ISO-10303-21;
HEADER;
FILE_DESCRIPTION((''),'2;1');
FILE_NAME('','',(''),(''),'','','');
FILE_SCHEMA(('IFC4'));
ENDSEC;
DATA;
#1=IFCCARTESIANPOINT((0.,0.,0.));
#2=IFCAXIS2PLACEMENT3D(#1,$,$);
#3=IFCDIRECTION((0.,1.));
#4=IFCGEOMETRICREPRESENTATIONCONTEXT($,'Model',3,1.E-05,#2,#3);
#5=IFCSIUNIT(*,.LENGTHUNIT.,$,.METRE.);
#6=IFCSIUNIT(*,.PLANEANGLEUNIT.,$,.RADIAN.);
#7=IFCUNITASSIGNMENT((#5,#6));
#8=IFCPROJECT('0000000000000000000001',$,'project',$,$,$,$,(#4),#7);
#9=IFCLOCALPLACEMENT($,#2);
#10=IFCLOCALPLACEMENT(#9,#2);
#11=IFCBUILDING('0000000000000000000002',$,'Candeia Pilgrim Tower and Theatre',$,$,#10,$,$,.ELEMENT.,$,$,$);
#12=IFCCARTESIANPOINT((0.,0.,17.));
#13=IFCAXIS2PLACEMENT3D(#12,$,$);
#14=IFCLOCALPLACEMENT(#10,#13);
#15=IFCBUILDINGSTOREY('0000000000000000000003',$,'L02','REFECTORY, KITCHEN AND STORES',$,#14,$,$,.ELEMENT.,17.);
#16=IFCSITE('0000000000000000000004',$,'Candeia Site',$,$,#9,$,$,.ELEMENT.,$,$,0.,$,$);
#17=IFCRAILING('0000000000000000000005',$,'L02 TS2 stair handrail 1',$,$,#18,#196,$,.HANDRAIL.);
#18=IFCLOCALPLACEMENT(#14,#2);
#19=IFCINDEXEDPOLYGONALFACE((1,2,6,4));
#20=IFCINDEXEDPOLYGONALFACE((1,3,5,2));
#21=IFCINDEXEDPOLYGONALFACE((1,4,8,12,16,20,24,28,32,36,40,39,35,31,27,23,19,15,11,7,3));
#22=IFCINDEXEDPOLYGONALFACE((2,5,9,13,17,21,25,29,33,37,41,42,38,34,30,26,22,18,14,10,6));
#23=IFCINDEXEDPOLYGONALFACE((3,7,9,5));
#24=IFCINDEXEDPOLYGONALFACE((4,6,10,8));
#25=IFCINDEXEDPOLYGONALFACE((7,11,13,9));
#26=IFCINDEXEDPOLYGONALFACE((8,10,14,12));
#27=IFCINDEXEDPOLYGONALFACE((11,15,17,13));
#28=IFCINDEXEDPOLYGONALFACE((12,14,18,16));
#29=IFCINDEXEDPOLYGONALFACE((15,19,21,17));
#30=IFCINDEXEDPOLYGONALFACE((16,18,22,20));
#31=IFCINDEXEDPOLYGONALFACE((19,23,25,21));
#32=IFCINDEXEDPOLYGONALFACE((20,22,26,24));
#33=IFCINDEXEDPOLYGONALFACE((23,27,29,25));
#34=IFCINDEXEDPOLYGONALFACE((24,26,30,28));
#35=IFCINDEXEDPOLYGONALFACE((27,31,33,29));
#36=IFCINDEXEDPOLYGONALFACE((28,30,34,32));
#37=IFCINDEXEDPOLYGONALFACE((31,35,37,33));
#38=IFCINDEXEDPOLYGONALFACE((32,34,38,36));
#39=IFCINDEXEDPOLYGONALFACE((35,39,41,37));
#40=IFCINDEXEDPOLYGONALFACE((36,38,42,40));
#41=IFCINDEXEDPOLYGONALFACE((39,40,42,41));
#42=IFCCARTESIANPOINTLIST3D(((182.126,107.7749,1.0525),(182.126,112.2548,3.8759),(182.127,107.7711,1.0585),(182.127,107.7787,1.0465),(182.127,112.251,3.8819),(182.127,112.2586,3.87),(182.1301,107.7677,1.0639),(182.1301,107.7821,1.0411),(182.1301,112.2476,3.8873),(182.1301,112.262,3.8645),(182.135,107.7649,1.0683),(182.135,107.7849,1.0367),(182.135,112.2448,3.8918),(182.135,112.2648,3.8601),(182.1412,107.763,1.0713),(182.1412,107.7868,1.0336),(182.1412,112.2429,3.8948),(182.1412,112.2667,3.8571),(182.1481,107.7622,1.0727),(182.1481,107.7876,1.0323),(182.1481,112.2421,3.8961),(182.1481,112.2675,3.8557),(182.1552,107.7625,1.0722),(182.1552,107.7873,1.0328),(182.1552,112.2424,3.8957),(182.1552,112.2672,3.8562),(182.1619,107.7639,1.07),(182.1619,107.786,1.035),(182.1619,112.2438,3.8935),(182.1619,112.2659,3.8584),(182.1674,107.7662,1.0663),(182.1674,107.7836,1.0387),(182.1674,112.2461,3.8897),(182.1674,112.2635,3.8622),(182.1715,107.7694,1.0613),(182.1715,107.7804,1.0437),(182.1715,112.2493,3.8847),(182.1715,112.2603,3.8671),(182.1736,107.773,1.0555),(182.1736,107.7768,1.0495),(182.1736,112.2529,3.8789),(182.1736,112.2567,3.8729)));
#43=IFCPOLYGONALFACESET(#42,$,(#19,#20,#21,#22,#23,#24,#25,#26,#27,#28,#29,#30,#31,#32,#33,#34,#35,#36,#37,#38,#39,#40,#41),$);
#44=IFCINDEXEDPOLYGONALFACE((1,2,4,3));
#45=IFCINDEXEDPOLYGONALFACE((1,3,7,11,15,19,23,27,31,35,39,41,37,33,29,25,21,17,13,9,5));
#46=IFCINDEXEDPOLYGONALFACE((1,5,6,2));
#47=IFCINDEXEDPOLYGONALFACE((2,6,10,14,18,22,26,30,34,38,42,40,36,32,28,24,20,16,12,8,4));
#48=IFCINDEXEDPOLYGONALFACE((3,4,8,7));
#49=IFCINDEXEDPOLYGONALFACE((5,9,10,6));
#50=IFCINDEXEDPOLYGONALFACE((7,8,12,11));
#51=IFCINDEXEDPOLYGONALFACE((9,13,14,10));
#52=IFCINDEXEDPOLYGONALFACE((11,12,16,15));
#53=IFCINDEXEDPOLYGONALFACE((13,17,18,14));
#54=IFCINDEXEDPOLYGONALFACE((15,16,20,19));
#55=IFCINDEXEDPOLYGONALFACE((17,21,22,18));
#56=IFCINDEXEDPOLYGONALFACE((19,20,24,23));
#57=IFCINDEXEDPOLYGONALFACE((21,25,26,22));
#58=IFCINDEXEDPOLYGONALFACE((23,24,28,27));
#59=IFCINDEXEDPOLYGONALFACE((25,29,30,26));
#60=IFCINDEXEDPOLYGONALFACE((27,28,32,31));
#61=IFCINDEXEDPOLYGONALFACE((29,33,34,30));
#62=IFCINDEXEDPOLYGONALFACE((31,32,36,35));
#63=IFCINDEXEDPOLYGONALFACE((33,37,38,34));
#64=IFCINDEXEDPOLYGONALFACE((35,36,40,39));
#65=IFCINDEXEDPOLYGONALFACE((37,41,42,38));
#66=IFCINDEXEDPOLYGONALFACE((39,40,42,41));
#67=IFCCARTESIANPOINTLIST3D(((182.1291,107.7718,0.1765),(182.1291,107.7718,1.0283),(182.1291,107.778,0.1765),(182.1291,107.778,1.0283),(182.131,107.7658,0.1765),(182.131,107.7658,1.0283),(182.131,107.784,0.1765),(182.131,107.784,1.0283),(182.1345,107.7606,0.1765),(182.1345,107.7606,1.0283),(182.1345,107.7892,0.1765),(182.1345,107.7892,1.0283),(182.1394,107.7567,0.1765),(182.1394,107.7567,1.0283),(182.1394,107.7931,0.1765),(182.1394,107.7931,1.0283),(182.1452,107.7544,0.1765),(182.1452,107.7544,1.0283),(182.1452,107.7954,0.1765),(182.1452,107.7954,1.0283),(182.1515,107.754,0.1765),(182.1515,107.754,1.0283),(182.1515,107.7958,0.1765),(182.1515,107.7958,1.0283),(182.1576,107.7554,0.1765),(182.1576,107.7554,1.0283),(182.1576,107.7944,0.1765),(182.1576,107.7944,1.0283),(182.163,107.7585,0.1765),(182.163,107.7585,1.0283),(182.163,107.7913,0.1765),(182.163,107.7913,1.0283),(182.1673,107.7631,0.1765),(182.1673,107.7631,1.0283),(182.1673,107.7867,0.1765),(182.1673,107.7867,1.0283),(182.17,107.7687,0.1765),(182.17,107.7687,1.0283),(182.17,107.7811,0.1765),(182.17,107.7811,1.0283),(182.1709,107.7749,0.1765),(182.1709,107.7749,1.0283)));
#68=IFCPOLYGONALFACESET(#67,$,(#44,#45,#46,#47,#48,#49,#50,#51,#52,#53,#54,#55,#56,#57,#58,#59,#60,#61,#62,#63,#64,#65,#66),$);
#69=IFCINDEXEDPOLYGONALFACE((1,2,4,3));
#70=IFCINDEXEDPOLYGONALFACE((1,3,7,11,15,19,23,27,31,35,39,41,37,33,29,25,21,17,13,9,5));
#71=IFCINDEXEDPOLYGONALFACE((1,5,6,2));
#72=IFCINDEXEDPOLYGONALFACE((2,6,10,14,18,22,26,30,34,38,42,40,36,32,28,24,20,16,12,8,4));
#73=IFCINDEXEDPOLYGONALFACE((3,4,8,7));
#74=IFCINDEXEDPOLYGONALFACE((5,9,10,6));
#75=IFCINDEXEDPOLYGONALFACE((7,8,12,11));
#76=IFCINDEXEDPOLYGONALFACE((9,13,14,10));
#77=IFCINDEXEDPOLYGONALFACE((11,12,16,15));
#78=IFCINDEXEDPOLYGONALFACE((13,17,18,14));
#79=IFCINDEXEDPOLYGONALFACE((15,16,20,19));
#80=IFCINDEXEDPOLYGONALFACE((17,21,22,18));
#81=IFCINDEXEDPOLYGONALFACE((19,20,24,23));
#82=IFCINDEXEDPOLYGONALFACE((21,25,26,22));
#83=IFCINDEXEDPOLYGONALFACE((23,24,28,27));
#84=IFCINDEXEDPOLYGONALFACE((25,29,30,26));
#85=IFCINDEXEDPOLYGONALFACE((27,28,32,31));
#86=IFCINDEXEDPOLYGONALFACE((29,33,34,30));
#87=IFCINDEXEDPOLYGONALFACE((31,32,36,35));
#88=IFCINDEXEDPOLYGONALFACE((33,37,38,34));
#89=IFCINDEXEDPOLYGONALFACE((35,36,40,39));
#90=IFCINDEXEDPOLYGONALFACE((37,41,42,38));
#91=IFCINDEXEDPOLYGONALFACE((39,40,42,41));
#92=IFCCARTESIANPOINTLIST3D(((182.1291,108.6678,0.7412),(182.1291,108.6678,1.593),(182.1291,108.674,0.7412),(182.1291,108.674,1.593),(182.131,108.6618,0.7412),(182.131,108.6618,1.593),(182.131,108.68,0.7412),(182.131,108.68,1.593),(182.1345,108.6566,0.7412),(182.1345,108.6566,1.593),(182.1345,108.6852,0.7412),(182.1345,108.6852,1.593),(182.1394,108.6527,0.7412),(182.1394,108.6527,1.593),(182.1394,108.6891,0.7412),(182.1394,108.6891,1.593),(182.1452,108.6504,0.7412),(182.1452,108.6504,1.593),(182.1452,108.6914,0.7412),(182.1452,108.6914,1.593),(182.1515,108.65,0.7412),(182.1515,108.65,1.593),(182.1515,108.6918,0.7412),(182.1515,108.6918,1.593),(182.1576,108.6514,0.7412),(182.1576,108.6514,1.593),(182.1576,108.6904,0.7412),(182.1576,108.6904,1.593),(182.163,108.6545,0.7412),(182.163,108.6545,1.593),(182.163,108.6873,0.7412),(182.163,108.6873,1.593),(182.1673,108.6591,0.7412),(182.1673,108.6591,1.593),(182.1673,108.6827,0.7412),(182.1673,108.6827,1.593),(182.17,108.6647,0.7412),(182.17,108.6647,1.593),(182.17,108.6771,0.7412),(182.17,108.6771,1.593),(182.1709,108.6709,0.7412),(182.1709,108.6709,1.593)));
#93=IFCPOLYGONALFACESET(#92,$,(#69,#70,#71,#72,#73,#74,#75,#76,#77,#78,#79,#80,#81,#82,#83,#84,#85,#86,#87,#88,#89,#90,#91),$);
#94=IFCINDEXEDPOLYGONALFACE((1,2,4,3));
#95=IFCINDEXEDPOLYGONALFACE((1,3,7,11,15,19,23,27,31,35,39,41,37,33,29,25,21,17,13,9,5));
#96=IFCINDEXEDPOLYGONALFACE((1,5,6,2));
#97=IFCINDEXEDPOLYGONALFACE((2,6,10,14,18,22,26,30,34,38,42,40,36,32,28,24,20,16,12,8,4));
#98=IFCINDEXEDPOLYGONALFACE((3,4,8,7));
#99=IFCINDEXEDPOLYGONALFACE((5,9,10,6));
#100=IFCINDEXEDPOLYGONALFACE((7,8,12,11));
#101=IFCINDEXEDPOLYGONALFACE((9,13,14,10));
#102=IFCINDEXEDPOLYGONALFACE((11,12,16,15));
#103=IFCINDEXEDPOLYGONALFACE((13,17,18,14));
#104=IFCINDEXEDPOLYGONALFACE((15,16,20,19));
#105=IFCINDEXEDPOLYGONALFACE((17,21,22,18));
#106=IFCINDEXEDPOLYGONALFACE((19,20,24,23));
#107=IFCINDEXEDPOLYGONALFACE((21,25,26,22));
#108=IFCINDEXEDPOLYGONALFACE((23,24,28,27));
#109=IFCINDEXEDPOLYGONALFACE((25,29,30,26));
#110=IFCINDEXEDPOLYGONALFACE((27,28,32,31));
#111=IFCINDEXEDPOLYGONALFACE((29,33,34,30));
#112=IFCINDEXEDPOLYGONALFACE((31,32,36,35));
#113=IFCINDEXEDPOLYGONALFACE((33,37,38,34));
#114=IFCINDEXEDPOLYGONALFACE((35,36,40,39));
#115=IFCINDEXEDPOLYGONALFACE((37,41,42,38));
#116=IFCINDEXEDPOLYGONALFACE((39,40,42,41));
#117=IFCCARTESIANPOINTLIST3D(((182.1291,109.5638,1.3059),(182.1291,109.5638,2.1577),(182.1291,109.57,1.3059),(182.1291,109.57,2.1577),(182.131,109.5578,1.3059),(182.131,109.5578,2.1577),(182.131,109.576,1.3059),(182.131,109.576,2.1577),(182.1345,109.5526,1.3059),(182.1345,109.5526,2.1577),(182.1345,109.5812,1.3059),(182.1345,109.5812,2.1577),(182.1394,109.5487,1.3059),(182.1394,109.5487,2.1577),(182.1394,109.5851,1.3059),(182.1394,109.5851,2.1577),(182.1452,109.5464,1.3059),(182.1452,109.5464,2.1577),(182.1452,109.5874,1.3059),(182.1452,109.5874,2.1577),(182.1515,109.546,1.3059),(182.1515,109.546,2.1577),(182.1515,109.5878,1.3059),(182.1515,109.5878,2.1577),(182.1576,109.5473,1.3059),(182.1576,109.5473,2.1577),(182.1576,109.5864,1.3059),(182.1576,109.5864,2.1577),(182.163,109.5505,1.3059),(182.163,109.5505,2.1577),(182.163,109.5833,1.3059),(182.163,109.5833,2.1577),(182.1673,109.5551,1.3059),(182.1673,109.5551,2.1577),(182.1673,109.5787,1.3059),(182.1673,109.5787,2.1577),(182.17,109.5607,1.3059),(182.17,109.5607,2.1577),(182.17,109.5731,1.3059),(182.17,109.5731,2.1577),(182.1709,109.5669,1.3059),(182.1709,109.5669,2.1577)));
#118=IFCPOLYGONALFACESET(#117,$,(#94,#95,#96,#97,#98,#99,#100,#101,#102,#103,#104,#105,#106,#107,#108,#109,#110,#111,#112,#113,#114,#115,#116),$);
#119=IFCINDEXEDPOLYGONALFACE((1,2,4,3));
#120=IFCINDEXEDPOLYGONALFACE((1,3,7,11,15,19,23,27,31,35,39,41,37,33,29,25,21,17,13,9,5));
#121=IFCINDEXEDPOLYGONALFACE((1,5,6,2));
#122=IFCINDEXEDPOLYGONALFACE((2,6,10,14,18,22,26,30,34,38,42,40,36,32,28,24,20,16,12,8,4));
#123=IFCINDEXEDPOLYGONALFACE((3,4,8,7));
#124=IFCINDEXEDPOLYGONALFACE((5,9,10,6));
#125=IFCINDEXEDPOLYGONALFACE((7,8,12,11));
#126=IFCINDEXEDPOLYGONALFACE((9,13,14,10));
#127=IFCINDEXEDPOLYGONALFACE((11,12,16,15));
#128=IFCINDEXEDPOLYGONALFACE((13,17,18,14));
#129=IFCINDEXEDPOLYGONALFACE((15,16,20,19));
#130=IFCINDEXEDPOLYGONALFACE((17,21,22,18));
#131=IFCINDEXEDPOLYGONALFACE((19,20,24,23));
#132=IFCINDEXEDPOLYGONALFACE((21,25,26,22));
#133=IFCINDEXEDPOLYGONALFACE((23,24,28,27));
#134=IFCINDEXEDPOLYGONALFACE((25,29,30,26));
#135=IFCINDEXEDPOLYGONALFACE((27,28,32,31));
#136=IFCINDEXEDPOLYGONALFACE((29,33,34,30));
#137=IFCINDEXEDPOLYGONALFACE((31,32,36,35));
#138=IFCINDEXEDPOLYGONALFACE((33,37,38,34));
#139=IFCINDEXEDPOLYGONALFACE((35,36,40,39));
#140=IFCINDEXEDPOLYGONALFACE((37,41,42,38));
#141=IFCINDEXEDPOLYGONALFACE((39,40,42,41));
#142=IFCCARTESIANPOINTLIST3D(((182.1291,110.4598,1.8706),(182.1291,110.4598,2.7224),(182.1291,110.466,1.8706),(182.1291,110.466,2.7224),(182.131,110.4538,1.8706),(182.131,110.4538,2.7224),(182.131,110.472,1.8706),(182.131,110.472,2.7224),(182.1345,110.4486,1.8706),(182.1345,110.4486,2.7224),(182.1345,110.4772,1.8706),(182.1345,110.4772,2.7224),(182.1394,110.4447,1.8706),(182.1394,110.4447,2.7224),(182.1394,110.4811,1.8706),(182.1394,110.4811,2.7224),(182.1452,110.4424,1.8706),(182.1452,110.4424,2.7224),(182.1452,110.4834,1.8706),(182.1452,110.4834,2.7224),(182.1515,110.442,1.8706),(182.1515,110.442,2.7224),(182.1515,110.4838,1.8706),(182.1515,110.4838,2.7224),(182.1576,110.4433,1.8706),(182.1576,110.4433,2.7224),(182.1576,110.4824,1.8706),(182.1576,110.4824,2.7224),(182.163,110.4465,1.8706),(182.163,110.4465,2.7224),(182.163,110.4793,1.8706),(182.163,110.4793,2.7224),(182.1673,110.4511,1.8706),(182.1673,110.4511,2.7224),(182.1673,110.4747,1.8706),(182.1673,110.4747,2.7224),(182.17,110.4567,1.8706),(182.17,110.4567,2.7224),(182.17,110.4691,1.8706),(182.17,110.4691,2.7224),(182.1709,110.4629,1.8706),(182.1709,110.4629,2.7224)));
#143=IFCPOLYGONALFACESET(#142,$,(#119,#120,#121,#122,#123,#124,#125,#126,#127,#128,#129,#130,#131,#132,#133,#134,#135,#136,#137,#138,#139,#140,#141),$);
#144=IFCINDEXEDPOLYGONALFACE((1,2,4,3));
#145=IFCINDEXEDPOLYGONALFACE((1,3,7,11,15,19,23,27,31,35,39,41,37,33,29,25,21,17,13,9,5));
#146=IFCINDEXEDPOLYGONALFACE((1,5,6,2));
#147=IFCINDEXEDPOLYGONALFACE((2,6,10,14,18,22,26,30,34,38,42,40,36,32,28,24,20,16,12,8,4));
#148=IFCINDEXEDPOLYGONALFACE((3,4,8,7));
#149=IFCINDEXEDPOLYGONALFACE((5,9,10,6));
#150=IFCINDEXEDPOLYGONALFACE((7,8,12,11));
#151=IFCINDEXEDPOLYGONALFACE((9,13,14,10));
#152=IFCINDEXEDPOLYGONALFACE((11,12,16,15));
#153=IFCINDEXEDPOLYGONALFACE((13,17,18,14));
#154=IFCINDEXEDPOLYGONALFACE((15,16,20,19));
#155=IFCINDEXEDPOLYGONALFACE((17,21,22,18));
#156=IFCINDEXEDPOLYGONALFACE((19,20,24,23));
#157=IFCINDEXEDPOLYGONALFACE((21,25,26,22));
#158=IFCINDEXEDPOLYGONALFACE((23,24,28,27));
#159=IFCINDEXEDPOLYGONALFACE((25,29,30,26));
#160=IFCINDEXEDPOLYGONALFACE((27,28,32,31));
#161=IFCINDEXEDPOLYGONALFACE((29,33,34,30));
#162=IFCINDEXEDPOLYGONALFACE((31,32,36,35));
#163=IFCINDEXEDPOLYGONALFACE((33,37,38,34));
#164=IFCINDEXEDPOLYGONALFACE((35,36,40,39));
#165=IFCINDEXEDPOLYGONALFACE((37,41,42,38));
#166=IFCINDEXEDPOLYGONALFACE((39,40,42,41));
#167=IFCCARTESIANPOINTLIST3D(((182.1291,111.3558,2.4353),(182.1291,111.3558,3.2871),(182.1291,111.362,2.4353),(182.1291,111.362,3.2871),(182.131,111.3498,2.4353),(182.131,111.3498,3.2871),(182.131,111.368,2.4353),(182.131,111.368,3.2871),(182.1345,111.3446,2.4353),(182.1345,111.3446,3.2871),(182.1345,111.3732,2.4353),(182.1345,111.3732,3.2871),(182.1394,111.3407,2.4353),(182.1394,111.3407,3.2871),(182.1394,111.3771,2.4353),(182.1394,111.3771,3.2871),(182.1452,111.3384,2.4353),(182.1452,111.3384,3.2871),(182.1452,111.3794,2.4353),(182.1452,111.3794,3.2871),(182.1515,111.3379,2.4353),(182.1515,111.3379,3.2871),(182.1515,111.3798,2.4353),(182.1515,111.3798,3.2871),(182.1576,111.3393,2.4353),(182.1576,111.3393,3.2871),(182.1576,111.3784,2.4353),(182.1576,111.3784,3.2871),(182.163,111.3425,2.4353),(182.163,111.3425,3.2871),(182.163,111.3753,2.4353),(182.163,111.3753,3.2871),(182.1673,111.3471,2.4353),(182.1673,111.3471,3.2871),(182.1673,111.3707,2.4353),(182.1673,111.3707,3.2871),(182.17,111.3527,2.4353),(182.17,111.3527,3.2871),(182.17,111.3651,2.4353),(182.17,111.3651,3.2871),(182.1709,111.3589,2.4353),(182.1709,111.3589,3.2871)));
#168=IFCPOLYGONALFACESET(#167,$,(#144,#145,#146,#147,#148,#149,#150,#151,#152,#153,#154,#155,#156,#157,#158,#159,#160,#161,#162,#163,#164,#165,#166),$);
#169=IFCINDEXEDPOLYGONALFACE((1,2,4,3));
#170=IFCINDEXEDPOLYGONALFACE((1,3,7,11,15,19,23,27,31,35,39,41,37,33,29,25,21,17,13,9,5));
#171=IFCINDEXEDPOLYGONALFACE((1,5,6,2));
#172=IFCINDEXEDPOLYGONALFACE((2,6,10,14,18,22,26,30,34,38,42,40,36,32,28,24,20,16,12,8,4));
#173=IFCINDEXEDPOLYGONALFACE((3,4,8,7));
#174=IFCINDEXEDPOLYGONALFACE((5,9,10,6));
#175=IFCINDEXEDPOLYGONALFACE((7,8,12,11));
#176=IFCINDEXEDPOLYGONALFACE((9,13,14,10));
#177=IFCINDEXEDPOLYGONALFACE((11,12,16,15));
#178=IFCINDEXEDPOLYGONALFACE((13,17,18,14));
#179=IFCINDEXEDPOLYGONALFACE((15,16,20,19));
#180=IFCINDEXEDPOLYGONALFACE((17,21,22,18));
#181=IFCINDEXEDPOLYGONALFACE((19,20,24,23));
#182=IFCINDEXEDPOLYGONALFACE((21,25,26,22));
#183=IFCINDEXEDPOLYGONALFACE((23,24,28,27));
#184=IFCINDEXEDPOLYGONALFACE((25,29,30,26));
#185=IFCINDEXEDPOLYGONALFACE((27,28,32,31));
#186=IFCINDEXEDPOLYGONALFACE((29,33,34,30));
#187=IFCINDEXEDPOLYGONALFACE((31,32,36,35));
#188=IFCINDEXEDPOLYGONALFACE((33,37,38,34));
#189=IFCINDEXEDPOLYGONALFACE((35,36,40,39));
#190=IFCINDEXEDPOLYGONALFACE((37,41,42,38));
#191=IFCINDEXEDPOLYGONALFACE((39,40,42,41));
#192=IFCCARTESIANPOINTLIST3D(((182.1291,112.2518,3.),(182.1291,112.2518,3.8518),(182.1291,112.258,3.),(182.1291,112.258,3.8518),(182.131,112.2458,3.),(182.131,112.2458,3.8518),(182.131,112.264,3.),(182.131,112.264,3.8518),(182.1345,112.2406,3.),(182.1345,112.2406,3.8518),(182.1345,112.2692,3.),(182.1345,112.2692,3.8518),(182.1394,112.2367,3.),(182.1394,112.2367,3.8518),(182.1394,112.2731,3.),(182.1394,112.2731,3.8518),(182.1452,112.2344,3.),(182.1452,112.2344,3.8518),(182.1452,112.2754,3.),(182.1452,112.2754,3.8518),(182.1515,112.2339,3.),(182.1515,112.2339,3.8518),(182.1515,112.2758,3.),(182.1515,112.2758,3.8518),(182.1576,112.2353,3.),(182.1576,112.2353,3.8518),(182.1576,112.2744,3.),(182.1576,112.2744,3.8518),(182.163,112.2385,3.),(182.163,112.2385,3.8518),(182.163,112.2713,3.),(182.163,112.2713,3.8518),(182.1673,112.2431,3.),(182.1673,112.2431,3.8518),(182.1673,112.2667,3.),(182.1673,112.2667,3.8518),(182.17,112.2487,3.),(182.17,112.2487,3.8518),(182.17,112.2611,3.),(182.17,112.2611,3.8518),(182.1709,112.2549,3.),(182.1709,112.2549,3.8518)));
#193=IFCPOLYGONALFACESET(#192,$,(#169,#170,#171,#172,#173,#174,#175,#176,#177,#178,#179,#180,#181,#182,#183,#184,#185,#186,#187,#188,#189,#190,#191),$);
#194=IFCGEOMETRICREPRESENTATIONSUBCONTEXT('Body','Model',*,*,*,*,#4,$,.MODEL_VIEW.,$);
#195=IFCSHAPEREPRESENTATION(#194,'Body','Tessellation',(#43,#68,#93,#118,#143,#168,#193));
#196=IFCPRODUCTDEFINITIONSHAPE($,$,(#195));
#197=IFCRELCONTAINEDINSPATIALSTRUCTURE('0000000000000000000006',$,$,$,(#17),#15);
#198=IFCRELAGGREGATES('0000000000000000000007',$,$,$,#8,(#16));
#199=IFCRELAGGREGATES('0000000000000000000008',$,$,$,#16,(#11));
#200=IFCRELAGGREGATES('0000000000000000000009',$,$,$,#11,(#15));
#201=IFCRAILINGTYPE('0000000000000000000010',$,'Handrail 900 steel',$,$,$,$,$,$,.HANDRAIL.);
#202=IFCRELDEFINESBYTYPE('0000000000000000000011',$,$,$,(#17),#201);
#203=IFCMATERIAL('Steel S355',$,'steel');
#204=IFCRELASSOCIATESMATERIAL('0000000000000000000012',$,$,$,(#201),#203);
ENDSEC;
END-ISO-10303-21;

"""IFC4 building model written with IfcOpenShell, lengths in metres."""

from ifc_helpers import new_model, si_unit, direction, frame, origin, origin_2d, place, context, subcontext, project, spatial, circle, extrude, material, type_object, element, save


model = new_model("IFC4")

# Units and contexts
model_context = context("Model", 3, precision=1e-05, world=origin(), true_north=direction((0.0, 1.0)))
body_context = subcontext(model_context, "Body", "Model", "MODEL_VIEW")
ifc_project = project(units=[si_unit("LENGTHUNIT", "METRE"), si_unit("PLANEANGLEUNIT", "RADIAN")], contexts=[model_context])

# Site, building, storey
site_placement = place(None, origin())
site = spatial("IfcSite", under=ifc_project, at=site_placement, Name="Candeia Site", CompositionType="ELEMENT", RefElevation=0.0)
building_placement = place(site_placement, origin())
building = spatial("IfcBuilding", under=site, at=building_placement, Name="Candeia Pilgrim Tower and Theatre", CompositionType="ELEMENT")
storey_placement = place(building_placement, frame((0.0, 0.0, 17.0)))
storey = spatial("IfcBuildingStorey", under=building, at=storey_placement, Name="L02", Description="REFECTORY, KITCHEN AND STORES", CompositionType="ELEMENT", Elevation=17.0)

# Railing
ifc_material_1 = material(Name="Steel S355", Category="steel")
railing_type_1 = type_object("IfcRailingType", Name="Handrail 900 steel", PredefinedType="HANDRAIL", material=ifc_material_1)
railing_1_placement = place(storey_placement, frame((182.1499, 107.7749, 0.1765)))
element("IfcRailing", 1, at=railing_1_placement, inside=storey, type_object=railing_type_1, Name="L02 TS2 stair handrail 1", PredefinedType="HANDRAIL", context=body_context, shape_type="SweptSolid", body=[
    extrude(circle(Radius=0.0239, at=origin_2d()), frame((0.0, 0.0, 0.876), z_axis=(0.0, 0.845998, 0.533186), x_axis=(-1.0, 0.0, 0.0)), (0.0, 0.0, 1.0), 5.2954),
    extrude(circle(Radius=0.021, at=origin_2d()), origin(), (0.0, 0.0, 1.0), 0.8518),
    extrude(circle(Radius=0.021, at=origin_2d()), frame((0.0, 0.896, 0.5647)), (0.0, 0.0, 1.0), 0.8518),
    extrude(circle(Radius=0.021, at=origin_2d()), frame((0.0, 1.792, 1.1294)), (0.0, 0.0, 1.0), 0.8518),
    extrude(circle(Radius=0.021, at=origin_2d()), frame((0.0, 2.688, 1.6941)), (0.0, 0.0, 1.0), 0.8518),
    extrude(circle(Radius=0.021, at=origin_2d()), frame((0.0, 3.584, 2.2588)), (0.0, 0.0, 1.0), 0.8518),
    extrude(circle(Radius=0.021, at=origin_2d()), frame((0.0, 4.48, 2.8235)), (0.0, 0.0, 1.0), 0.8518),
])

save(model, "model.ifc")
